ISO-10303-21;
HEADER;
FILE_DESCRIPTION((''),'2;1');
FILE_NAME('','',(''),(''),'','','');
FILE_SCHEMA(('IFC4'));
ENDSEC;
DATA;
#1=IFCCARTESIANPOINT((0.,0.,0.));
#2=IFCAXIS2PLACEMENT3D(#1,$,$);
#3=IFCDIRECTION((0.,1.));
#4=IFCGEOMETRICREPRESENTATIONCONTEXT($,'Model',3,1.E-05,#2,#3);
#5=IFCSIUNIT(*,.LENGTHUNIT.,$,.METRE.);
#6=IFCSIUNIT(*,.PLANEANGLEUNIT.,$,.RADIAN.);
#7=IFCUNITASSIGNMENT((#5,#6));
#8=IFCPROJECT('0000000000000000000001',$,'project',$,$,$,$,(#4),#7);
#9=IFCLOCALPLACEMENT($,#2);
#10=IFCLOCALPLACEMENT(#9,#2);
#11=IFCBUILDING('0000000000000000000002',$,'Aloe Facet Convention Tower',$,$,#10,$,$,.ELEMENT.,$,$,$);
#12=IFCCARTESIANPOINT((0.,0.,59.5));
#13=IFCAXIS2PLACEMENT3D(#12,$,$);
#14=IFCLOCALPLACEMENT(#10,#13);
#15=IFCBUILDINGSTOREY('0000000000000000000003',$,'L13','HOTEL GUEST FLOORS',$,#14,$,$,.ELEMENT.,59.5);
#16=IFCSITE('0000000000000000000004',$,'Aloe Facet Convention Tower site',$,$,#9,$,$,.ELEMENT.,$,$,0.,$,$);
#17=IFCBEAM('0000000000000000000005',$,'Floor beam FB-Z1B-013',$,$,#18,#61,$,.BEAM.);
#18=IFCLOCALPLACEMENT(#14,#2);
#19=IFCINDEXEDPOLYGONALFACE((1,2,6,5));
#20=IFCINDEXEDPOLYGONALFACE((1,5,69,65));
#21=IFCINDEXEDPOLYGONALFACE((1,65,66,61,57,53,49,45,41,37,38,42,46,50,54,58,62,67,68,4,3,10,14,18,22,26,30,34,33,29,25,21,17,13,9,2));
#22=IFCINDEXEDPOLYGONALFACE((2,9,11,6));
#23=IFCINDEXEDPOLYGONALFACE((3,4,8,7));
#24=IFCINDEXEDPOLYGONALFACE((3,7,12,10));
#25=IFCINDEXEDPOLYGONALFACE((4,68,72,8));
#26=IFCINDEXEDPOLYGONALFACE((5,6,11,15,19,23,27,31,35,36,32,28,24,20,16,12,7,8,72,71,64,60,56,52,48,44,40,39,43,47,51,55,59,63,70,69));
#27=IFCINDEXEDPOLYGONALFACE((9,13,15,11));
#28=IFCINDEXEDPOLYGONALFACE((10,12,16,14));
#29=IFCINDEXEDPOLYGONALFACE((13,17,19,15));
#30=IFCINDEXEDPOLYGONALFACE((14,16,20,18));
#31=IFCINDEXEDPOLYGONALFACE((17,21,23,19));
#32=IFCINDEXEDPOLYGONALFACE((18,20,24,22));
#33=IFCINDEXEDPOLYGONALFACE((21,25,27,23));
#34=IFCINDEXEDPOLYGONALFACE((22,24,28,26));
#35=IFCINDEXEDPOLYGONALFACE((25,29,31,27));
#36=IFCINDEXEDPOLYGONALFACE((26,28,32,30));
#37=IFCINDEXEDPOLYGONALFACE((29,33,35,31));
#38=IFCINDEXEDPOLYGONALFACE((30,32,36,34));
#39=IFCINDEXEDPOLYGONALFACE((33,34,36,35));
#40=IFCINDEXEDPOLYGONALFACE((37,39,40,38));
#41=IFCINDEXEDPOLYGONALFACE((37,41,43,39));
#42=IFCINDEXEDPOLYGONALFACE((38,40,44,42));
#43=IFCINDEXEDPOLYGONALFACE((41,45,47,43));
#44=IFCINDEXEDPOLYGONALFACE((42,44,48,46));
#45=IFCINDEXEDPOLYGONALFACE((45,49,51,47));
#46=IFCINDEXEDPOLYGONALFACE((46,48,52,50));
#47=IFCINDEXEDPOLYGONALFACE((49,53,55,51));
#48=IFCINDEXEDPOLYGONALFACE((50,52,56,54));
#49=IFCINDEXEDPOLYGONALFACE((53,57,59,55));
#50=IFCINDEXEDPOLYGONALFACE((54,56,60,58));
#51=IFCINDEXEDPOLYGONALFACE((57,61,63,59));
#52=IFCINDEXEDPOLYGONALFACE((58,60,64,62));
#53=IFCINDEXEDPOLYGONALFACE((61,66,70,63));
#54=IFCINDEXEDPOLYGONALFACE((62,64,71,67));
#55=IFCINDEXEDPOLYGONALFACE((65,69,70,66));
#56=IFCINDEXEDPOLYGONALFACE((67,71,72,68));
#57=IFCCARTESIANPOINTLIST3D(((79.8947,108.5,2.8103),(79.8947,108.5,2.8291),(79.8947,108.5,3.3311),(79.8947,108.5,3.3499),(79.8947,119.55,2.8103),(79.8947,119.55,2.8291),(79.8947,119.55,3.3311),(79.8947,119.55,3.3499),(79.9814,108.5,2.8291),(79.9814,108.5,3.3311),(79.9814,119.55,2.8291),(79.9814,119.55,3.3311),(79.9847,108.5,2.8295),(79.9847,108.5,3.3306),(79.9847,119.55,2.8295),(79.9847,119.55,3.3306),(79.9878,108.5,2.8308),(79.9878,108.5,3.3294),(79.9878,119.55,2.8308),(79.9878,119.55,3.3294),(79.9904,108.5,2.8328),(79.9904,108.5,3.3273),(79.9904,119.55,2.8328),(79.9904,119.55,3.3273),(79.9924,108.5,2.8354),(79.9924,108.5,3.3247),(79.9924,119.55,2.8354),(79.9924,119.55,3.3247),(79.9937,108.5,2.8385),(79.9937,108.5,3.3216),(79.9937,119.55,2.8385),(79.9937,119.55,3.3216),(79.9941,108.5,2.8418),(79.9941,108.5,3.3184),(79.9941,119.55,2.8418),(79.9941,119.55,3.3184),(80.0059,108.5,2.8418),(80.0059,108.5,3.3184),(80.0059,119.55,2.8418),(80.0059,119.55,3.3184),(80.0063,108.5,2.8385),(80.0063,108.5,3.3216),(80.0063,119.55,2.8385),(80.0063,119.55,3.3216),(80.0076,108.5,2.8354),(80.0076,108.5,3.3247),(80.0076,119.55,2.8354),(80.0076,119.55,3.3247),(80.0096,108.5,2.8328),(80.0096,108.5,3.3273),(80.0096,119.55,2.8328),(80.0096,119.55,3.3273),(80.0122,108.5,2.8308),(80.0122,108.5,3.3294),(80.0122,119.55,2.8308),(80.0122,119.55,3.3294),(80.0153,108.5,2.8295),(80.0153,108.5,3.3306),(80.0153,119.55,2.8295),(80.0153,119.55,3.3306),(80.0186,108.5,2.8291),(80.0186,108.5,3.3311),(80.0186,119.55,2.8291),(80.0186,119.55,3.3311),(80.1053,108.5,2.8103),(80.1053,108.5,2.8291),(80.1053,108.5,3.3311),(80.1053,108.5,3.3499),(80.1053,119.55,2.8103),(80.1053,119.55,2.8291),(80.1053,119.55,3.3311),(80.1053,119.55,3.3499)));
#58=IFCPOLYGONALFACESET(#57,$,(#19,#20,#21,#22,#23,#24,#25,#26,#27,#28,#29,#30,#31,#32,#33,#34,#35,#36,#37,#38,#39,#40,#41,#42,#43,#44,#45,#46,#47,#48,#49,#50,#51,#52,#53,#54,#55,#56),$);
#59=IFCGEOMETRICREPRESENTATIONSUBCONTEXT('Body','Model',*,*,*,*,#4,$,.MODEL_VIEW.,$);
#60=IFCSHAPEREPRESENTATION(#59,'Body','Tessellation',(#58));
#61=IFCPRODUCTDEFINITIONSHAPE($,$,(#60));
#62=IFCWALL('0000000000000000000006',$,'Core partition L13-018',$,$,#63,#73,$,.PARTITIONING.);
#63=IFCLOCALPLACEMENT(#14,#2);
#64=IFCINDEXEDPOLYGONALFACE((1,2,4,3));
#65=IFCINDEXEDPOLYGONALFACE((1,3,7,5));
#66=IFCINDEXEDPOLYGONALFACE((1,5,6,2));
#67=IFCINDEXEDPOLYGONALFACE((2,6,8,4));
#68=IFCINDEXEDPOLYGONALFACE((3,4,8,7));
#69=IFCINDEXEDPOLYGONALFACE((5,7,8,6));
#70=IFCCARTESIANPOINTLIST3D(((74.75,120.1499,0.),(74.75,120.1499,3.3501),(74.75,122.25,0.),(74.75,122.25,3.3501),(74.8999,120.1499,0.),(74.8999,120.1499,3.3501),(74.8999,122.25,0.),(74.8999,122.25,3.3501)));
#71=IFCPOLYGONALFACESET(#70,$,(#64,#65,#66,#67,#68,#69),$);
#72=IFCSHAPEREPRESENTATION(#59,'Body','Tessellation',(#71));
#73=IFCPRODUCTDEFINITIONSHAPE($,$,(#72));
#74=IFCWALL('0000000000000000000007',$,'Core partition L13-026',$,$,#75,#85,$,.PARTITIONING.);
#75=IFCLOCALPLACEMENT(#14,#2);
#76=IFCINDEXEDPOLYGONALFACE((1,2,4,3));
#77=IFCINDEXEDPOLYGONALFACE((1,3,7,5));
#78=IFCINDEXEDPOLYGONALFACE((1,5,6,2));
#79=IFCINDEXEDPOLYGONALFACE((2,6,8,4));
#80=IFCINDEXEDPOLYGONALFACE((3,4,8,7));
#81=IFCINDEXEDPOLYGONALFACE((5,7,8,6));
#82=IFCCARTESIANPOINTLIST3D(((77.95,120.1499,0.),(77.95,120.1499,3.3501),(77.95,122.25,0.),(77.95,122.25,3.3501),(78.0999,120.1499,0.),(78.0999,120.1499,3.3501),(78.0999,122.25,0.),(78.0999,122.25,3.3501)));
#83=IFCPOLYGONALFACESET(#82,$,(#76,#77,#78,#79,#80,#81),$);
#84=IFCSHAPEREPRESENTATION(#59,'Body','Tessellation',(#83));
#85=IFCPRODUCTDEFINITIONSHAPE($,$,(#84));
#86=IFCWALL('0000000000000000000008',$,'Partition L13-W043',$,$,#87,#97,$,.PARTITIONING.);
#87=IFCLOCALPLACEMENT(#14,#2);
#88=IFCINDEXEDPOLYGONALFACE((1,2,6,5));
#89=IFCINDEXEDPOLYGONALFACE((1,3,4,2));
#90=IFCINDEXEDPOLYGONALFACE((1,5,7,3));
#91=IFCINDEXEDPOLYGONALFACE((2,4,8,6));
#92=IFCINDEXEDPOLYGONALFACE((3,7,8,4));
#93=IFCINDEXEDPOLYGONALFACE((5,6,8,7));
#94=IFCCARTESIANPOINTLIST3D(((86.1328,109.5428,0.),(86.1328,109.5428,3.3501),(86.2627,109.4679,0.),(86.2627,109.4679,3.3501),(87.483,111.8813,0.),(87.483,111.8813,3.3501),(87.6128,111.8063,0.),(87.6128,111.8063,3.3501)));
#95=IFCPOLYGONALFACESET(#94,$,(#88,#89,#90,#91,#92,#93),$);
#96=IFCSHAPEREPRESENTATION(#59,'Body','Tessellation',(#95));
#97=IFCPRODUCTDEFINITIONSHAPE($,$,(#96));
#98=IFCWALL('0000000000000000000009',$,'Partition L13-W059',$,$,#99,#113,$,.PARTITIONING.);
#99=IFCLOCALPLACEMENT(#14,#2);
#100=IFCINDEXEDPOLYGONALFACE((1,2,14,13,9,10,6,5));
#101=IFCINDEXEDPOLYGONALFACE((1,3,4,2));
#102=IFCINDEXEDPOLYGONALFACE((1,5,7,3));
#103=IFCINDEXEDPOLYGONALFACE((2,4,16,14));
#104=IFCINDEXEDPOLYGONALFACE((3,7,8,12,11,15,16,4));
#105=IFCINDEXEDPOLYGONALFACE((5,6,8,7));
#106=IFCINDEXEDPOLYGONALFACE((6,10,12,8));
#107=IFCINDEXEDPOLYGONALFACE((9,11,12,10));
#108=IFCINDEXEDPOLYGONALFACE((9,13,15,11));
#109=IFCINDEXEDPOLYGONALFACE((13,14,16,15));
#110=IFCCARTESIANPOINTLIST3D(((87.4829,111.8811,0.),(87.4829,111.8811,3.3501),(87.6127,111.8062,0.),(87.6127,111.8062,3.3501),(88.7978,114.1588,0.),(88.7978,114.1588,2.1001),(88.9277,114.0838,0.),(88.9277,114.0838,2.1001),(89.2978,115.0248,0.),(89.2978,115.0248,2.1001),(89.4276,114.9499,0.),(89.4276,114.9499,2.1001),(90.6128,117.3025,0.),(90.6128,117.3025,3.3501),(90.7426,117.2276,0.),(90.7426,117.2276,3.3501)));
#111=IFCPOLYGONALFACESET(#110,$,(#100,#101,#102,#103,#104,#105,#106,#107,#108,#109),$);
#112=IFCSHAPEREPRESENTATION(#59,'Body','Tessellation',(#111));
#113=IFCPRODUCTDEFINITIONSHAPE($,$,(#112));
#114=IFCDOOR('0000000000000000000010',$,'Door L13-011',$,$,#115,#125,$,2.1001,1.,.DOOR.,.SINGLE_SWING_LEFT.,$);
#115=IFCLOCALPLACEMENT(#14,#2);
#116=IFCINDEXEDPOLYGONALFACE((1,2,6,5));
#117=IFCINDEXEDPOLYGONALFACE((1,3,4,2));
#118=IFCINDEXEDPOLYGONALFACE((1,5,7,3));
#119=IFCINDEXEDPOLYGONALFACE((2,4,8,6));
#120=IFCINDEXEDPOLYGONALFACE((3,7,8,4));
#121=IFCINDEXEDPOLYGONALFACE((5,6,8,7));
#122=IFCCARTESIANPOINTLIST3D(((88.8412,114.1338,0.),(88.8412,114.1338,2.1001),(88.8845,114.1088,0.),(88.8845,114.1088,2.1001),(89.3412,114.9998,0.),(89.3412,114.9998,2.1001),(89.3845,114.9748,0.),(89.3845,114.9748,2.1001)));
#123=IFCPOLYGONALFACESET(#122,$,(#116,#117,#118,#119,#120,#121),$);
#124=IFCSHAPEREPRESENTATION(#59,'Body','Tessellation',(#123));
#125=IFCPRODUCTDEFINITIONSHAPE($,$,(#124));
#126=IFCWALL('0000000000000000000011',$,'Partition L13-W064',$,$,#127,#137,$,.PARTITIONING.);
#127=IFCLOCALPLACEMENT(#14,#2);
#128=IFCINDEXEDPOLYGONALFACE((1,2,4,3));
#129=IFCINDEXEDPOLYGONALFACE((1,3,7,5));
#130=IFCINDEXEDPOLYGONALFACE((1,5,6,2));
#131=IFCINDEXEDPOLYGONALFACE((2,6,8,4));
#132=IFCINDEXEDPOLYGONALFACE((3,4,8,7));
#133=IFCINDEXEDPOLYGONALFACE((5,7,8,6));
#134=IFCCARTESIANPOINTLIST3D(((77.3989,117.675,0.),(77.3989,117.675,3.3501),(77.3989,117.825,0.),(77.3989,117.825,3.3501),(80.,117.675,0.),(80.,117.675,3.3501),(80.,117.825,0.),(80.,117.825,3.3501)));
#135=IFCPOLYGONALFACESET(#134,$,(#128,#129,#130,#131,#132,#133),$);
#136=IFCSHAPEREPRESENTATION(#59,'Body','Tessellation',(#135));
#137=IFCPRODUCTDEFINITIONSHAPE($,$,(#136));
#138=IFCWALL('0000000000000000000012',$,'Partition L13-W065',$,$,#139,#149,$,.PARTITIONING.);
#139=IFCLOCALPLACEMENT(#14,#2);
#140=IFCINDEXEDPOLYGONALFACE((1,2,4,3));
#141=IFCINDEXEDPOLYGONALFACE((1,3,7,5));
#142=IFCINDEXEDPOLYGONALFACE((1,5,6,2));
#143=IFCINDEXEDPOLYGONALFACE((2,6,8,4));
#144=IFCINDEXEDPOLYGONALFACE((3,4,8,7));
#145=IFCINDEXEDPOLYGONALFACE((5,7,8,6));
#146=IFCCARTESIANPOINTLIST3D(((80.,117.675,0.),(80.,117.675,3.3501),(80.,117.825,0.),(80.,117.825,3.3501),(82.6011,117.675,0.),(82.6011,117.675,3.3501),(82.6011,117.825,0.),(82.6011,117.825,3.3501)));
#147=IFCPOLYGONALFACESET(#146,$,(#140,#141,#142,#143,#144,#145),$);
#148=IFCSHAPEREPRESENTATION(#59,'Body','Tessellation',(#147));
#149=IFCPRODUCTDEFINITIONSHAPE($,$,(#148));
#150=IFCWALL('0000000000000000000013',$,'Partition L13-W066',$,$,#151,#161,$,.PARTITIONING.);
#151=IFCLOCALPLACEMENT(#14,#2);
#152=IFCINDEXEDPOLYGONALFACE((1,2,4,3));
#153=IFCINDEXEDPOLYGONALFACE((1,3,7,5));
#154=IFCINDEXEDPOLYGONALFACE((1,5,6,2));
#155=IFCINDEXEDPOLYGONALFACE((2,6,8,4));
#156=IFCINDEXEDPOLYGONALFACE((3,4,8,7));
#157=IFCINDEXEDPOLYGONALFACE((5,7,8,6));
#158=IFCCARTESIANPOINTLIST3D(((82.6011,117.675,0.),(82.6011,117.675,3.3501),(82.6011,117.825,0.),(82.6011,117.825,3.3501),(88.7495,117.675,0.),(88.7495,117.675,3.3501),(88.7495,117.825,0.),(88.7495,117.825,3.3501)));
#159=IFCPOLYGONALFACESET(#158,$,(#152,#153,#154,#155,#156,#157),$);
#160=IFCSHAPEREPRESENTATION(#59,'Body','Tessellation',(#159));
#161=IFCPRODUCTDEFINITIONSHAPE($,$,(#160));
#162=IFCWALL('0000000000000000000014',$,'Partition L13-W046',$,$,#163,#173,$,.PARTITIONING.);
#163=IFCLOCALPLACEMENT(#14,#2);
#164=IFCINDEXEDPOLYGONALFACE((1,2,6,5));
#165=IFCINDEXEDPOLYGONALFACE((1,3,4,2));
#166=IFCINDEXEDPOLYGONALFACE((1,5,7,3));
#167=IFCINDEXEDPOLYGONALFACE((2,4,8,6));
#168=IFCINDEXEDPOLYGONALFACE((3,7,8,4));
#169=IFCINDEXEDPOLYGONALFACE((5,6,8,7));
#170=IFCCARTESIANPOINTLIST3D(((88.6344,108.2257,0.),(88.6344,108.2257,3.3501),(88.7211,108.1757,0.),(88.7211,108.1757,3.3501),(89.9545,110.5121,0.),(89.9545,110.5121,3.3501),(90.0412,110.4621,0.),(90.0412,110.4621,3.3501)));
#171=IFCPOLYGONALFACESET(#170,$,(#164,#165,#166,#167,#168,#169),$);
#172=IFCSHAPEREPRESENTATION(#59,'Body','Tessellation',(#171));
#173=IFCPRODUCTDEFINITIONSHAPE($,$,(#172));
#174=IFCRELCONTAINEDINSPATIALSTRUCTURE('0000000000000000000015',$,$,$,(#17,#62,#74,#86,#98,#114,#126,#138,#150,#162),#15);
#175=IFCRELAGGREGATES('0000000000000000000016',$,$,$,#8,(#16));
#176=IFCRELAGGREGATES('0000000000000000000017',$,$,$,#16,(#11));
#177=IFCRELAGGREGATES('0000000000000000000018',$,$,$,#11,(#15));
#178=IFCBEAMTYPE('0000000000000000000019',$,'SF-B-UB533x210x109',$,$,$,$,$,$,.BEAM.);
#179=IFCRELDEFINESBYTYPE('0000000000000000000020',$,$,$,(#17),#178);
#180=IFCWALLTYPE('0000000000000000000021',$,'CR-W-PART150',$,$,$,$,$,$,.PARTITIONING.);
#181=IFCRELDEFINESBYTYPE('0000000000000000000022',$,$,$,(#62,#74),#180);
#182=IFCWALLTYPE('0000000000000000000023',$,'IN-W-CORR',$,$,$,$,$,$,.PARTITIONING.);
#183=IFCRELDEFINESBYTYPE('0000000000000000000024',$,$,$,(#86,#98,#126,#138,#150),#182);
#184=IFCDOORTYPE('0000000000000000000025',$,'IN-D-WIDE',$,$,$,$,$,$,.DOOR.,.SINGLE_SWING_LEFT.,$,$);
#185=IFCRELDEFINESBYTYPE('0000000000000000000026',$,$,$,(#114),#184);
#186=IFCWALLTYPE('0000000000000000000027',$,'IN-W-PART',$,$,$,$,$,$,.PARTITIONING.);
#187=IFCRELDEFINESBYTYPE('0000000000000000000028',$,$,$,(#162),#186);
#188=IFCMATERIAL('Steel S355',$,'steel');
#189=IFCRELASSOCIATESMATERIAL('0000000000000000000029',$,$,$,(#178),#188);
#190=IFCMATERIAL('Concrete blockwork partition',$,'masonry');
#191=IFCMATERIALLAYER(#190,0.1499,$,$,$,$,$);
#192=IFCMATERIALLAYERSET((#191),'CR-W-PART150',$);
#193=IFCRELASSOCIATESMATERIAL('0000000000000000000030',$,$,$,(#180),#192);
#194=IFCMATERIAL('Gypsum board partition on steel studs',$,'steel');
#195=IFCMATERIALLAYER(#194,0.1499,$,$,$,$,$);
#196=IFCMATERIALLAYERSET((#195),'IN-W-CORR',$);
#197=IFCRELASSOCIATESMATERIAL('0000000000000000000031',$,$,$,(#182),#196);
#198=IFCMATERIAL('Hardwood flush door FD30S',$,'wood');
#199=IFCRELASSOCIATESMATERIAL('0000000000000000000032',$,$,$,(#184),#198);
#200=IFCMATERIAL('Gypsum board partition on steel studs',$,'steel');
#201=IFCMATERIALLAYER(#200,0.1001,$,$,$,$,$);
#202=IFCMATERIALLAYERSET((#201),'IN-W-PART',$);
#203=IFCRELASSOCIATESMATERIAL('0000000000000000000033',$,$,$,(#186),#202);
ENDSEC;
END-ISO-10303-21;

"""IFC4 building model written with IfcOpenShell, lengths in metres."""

from ifc_helpers import new_model, si_unit, direction, frame, frame_2d, origin, origin_2d, place, context, subcontext, project, spatial, rectangle, i_section, extrude, material, layer, layer_set, material_profile, profile_set, type_object, element, fill, save


model = new_model("IFC4")

# Units and contexts
model_context = context("Model", 3, precision=1e-05, world=origin(), true_north=direction((0.0, 1.0)))
body_context = subcontext(model_context, "Body", "Model", "MODEL_VIEW")
ifc_project = project(units=[si_unit("LENGTHUNIT", "METRE"), si_unit("PLANEANGLEUNIT", "RADIAN")], contexts=[model_context])

# Site, building, storey
site_placement = place(None, origin())
site = spatial("IfcSite", under=ifc_project, at=site_placement, Name="Aloe Facet Convention Tower site", CompositionType="ELEMENT", RefElevation=0.0)
building_placement = place(site_placement, origin())
building = spatial("IfcBuilding", under=site, at=building_placement, Name="Aloe Facet Convention Tower", CompositionType="ELEMENT")
storey_placement = place(building_placement, frame((0.0, 0.0, 59.5)))
storey = spatial("IfcBuildingStorey", under=building, at=storey_placement, Name="L13", Description="HOTEL GUEST FLOORS", CompositionType="ELEMENT", Elevation=59.5)

# Beam
ifc_material_1 = material(Name="Steel S355", Category="steel")
ifc_material_profile_1 = material_profile(ifc_material_1, i_section(OverallWidth=0.2107, OverallDepth=0.5396, WebThickness=0.0117, FlangeThickness=0.0188, FilletRadius=0.0127, at=origin_2d()), Name="UB 533x210x109")
ifc_profile_set_1 = profile_set([ifc_material_profile_1], Name="Steel S355")
beam_type_1 = type_object("IfcBeamType", Name="SF-B-UB533x210x109", PredefinedType="BEAM", material=ifc_profile_set_1)
beam_placement = place(storey_placement, frame((80.0, 119.55, 3.0801), z_axis=(0.0, -1.0, 0.0), x_axis=(1.0, 0.0, 0.0)))
element("IfcBeam", 1, at=beam_placement, inside=storey, type_object=beam_type_1, Name="Floor beam FB-Z1B-013", PredefinedType="BEAM", context=body_context, shape_type="SweptSolid", body=[
    extrude(i_section(OverallWidth=0.2107, OverallDepth=0.5396, WebThickness=0.0117, FlangeThickness=0.0188, FilletRadius=0.0127, at=origin_2d()), origin(), (0.0, 0.0, 1.0), 11.05),
])

# Walls
ifc_material_2 = material(Name="Concrete blockwork partition", Category="masonry")
ifc_layer_1 = layer(ifc_material_2, 0.1499)
ifc_layer_set_1 = layer_set([ifc_layer_1], Name="CR-W-PART150")
wall_type_1 = type_object("IfcWallType", Name="CR-W-PART150", PredefinedType="PARTITIONING", material=ifc_layer_set_1)
for number, where, z_axis, x_axis, name in (
    (2, (74.825, 122.25, 0.0), (0.0, 0.0, 1.0), (0.0, -1.0, 0.0), "Core partition L13-018"),
    (3, (78.0249, 122.25, 0.0), (0.0, 0.0, 1.0), (0.0, -1.0, 0.0), "Core partition L13-026"),
):
    element("IfcWall", number, at=place(storey_placement, frame(where, z_axis=z_axis, x_axis=x_axis)), inside=storey, type_object=wall_type_1, Name=name, PredefinedType="PARTITIONING", context=body_context, shape_type="SweptSolid", body=[
        extrude(rectangle(XDim=2.1001, YDim=0.1499, at=frame_2d((1.05, 0.0))), origin(), (0.0, 0.0, 1.0), 3.3501),
    ])
ifc_material_3 = material(Name="Gypsum board partition on steel studs", Category="steel")
ifc_layer_2 = layer(ifc_material_3, 0.1499)
ifc_layer_set_2 = layer_set([ifc_layer_2], Name="IN-W-CORR")
wall_type_2 = type_object("IfcWallType", Name="IN-W-CORR", PredefinedType="PARTITIONING", material=ifc_layer_set_2)
wall_1_placement = place(storey_placement, frame((86.1978, 109.5054, 0.0), z_axis=(0.0, 0.0, 1.0), x_axis=(0.500009, 0.86602, 0.0)))
element("IfcWall", 4, at=wall_1_placement, inside=storey, type_object=wall_type_2, Name="Partition L13-W043", PredefinedType="PARTITIONING", context=body_context, shape_type="SweptSolid", body=[
    extrude(rectangle(XDim=2.7002, YDim=0.1499, at=frame_2d((1.3501, 0.0))), origin(), (0.0, 0.0, 1.0), 3.3501),
])

# Wall, opening, door
wall_2_placement = place(storey_placement, frame((87.5479, 111.8438, 0.0), z_axis=(0.0, 0.0, 1.0), x_axis=(0.499981, 0.866036, 0.0)))
wall_2 = element("IfcWall", 5, at=wall_2_placement, inside=storey, type_object=wall_type_2, Name="Partition L13-W059", PredefinedType="PARTITIONING", context=body_context, shape_type="SweptSolid", body=[
    extrude(rectangle(XDim=6.26, YDim=0.1499, at=frame_2d((3.1299, 0.0))), origin(), (0.0, 0.0, 1.0), 3.3501),
])
opening_1_placement = place(wall_2_placement, frame((2.6299, 0.0, 0.0)))
opening_1 = element("IfcOpeningElement", 6, at=opening_1_placement, cuts=wall_2, PredefinedType="OPENING", context=body_context, shape_type="SweptSolid", body=[
    extrude(rectangle(XDim=1.0, YDim=2.1001, at=frame_2d((0.5, 1.05))), frame((0.0, 0.085, 0.0), z_axis=(0.0, -1.0, 0.0), x_axis=(1.0, 0.0, 0.0)), (0.0, 0.0, 1.0), 0.1699),
])
ifc_material_4 = material(Name="Hardwood flush door FD30S", Category="wood")
door_type_1 = type_object("IfcDoorType", Name="IN-D-WIDE", OperationType="SINGLE_SWING_LEFT", PredefinedType="DOOR", material=ifc_material_4)
door_1_placement = place(opening_1_placement, origin())
door_1 = element("IfcDoor", 7, at=door_1_placement, inside=storey, type_object=door_type_1, Name="Door L13-011", OperationType="SINGLE_SWING_LEFT", OverallHeight=2.1001, OverallWidth=1.0, PredefinedType="DOOR", context=body_context, shape_type="SweptSolid", body=[
    extrude(rectangle(XDim=1.0, YDim=2.1001, at=frame_2d((0.5, 1.05))), frame((0.0, 0.0249, 0.0), z_axis=(0.0, -1.0, 0.0), x_axis=(1.0, 0.0, 0.0)), (0.0, 0.0, 1.0), 0.05),
])
fill(opening_1, door_1)

# Walls
for number, where, z_axis, x_axis, name in (
    (8, (77.3989, 117.75, 0.0), (0.0, 0.0, 1.0), (1.0, 0.0, 0.0), "Partition L13-W064"),
    (9, (80.0, 117.75, 0.0), (0.0, 0.0, 1.0), (1.0, 0.0, 0.0), "Partition L13-W065"),
):
    element("IfcWall", number, at=place(storey_placement, frame(where, z_axis=z_axis, x_axis=x_axis)), inside=storey, type_object=wall_type_2, Name=name, PredefinedType="PARTITIONING", context=body_context, shape_type="SweptSolid", body=[
        extrude(rectangle(XDim=2.6011, YDim=0.1499, at=frame_2d((1.3005, 0.0))), origin(), (0.0, 0.0, 1.0), 3.3501),
    ])
wall_3_placement = place(storey_placement, frame((82.6011, 117.75, 0.0), z_axis=(0.0, 0.0, 1.0), x_axis=(1.0, 0.0, 0.0)))
element("IfcWall", 10, at=wall_3_placement, inside=storey, type_object=wall_type_2, Name="Partition L13-W066", PredefinedType="PARTITIONING", context=body_context, shape_type="SweptSolid", body=[
    extrude(rectangle(XDim=6.1484, YDim=0.1499, at=frame_2d((3.0742, 0.0))), origin(), (0.0, 0.0, 1.0), 3.3501),
])
ifc_material_5 = material(Name="Gypsum board partition on steel studs", Category="steel")
ifc_layer_3 = layer(ifc_material_5, 0.1001)
ifc_layer_set_3 = layer_set([ifc_layer_3], Name="IN-W-PART")
wall_type_3 = type_object("IfcWallType", Name="IN-W-PART", PredefinedType="PARTITIONING", material=ifc_layer_set_3)
wall_4_placement = place(storey_placement, frame((88.6777, 108.2007, 0.0), z_axis=(0.0, 0.0, 1.0), x_axis=(0.500008, 0.866021, 0.0)))
element("IfcWall", 11, at=wall_4_placement, inside=storey, type_object=wall_type_3, Name="Partition L13-W046", PredefinedType="PARTITIONING", context=body_context, shape_type="SweptSolid", body=[
    extrude(rectangle(XDim=2.6401, YDim=0.1001, at=frame_2d((1.3201, 0.0))), origin(), (0.0, 0.0, 1.0), 3.3501),
])

save(model, "model.ifc")
